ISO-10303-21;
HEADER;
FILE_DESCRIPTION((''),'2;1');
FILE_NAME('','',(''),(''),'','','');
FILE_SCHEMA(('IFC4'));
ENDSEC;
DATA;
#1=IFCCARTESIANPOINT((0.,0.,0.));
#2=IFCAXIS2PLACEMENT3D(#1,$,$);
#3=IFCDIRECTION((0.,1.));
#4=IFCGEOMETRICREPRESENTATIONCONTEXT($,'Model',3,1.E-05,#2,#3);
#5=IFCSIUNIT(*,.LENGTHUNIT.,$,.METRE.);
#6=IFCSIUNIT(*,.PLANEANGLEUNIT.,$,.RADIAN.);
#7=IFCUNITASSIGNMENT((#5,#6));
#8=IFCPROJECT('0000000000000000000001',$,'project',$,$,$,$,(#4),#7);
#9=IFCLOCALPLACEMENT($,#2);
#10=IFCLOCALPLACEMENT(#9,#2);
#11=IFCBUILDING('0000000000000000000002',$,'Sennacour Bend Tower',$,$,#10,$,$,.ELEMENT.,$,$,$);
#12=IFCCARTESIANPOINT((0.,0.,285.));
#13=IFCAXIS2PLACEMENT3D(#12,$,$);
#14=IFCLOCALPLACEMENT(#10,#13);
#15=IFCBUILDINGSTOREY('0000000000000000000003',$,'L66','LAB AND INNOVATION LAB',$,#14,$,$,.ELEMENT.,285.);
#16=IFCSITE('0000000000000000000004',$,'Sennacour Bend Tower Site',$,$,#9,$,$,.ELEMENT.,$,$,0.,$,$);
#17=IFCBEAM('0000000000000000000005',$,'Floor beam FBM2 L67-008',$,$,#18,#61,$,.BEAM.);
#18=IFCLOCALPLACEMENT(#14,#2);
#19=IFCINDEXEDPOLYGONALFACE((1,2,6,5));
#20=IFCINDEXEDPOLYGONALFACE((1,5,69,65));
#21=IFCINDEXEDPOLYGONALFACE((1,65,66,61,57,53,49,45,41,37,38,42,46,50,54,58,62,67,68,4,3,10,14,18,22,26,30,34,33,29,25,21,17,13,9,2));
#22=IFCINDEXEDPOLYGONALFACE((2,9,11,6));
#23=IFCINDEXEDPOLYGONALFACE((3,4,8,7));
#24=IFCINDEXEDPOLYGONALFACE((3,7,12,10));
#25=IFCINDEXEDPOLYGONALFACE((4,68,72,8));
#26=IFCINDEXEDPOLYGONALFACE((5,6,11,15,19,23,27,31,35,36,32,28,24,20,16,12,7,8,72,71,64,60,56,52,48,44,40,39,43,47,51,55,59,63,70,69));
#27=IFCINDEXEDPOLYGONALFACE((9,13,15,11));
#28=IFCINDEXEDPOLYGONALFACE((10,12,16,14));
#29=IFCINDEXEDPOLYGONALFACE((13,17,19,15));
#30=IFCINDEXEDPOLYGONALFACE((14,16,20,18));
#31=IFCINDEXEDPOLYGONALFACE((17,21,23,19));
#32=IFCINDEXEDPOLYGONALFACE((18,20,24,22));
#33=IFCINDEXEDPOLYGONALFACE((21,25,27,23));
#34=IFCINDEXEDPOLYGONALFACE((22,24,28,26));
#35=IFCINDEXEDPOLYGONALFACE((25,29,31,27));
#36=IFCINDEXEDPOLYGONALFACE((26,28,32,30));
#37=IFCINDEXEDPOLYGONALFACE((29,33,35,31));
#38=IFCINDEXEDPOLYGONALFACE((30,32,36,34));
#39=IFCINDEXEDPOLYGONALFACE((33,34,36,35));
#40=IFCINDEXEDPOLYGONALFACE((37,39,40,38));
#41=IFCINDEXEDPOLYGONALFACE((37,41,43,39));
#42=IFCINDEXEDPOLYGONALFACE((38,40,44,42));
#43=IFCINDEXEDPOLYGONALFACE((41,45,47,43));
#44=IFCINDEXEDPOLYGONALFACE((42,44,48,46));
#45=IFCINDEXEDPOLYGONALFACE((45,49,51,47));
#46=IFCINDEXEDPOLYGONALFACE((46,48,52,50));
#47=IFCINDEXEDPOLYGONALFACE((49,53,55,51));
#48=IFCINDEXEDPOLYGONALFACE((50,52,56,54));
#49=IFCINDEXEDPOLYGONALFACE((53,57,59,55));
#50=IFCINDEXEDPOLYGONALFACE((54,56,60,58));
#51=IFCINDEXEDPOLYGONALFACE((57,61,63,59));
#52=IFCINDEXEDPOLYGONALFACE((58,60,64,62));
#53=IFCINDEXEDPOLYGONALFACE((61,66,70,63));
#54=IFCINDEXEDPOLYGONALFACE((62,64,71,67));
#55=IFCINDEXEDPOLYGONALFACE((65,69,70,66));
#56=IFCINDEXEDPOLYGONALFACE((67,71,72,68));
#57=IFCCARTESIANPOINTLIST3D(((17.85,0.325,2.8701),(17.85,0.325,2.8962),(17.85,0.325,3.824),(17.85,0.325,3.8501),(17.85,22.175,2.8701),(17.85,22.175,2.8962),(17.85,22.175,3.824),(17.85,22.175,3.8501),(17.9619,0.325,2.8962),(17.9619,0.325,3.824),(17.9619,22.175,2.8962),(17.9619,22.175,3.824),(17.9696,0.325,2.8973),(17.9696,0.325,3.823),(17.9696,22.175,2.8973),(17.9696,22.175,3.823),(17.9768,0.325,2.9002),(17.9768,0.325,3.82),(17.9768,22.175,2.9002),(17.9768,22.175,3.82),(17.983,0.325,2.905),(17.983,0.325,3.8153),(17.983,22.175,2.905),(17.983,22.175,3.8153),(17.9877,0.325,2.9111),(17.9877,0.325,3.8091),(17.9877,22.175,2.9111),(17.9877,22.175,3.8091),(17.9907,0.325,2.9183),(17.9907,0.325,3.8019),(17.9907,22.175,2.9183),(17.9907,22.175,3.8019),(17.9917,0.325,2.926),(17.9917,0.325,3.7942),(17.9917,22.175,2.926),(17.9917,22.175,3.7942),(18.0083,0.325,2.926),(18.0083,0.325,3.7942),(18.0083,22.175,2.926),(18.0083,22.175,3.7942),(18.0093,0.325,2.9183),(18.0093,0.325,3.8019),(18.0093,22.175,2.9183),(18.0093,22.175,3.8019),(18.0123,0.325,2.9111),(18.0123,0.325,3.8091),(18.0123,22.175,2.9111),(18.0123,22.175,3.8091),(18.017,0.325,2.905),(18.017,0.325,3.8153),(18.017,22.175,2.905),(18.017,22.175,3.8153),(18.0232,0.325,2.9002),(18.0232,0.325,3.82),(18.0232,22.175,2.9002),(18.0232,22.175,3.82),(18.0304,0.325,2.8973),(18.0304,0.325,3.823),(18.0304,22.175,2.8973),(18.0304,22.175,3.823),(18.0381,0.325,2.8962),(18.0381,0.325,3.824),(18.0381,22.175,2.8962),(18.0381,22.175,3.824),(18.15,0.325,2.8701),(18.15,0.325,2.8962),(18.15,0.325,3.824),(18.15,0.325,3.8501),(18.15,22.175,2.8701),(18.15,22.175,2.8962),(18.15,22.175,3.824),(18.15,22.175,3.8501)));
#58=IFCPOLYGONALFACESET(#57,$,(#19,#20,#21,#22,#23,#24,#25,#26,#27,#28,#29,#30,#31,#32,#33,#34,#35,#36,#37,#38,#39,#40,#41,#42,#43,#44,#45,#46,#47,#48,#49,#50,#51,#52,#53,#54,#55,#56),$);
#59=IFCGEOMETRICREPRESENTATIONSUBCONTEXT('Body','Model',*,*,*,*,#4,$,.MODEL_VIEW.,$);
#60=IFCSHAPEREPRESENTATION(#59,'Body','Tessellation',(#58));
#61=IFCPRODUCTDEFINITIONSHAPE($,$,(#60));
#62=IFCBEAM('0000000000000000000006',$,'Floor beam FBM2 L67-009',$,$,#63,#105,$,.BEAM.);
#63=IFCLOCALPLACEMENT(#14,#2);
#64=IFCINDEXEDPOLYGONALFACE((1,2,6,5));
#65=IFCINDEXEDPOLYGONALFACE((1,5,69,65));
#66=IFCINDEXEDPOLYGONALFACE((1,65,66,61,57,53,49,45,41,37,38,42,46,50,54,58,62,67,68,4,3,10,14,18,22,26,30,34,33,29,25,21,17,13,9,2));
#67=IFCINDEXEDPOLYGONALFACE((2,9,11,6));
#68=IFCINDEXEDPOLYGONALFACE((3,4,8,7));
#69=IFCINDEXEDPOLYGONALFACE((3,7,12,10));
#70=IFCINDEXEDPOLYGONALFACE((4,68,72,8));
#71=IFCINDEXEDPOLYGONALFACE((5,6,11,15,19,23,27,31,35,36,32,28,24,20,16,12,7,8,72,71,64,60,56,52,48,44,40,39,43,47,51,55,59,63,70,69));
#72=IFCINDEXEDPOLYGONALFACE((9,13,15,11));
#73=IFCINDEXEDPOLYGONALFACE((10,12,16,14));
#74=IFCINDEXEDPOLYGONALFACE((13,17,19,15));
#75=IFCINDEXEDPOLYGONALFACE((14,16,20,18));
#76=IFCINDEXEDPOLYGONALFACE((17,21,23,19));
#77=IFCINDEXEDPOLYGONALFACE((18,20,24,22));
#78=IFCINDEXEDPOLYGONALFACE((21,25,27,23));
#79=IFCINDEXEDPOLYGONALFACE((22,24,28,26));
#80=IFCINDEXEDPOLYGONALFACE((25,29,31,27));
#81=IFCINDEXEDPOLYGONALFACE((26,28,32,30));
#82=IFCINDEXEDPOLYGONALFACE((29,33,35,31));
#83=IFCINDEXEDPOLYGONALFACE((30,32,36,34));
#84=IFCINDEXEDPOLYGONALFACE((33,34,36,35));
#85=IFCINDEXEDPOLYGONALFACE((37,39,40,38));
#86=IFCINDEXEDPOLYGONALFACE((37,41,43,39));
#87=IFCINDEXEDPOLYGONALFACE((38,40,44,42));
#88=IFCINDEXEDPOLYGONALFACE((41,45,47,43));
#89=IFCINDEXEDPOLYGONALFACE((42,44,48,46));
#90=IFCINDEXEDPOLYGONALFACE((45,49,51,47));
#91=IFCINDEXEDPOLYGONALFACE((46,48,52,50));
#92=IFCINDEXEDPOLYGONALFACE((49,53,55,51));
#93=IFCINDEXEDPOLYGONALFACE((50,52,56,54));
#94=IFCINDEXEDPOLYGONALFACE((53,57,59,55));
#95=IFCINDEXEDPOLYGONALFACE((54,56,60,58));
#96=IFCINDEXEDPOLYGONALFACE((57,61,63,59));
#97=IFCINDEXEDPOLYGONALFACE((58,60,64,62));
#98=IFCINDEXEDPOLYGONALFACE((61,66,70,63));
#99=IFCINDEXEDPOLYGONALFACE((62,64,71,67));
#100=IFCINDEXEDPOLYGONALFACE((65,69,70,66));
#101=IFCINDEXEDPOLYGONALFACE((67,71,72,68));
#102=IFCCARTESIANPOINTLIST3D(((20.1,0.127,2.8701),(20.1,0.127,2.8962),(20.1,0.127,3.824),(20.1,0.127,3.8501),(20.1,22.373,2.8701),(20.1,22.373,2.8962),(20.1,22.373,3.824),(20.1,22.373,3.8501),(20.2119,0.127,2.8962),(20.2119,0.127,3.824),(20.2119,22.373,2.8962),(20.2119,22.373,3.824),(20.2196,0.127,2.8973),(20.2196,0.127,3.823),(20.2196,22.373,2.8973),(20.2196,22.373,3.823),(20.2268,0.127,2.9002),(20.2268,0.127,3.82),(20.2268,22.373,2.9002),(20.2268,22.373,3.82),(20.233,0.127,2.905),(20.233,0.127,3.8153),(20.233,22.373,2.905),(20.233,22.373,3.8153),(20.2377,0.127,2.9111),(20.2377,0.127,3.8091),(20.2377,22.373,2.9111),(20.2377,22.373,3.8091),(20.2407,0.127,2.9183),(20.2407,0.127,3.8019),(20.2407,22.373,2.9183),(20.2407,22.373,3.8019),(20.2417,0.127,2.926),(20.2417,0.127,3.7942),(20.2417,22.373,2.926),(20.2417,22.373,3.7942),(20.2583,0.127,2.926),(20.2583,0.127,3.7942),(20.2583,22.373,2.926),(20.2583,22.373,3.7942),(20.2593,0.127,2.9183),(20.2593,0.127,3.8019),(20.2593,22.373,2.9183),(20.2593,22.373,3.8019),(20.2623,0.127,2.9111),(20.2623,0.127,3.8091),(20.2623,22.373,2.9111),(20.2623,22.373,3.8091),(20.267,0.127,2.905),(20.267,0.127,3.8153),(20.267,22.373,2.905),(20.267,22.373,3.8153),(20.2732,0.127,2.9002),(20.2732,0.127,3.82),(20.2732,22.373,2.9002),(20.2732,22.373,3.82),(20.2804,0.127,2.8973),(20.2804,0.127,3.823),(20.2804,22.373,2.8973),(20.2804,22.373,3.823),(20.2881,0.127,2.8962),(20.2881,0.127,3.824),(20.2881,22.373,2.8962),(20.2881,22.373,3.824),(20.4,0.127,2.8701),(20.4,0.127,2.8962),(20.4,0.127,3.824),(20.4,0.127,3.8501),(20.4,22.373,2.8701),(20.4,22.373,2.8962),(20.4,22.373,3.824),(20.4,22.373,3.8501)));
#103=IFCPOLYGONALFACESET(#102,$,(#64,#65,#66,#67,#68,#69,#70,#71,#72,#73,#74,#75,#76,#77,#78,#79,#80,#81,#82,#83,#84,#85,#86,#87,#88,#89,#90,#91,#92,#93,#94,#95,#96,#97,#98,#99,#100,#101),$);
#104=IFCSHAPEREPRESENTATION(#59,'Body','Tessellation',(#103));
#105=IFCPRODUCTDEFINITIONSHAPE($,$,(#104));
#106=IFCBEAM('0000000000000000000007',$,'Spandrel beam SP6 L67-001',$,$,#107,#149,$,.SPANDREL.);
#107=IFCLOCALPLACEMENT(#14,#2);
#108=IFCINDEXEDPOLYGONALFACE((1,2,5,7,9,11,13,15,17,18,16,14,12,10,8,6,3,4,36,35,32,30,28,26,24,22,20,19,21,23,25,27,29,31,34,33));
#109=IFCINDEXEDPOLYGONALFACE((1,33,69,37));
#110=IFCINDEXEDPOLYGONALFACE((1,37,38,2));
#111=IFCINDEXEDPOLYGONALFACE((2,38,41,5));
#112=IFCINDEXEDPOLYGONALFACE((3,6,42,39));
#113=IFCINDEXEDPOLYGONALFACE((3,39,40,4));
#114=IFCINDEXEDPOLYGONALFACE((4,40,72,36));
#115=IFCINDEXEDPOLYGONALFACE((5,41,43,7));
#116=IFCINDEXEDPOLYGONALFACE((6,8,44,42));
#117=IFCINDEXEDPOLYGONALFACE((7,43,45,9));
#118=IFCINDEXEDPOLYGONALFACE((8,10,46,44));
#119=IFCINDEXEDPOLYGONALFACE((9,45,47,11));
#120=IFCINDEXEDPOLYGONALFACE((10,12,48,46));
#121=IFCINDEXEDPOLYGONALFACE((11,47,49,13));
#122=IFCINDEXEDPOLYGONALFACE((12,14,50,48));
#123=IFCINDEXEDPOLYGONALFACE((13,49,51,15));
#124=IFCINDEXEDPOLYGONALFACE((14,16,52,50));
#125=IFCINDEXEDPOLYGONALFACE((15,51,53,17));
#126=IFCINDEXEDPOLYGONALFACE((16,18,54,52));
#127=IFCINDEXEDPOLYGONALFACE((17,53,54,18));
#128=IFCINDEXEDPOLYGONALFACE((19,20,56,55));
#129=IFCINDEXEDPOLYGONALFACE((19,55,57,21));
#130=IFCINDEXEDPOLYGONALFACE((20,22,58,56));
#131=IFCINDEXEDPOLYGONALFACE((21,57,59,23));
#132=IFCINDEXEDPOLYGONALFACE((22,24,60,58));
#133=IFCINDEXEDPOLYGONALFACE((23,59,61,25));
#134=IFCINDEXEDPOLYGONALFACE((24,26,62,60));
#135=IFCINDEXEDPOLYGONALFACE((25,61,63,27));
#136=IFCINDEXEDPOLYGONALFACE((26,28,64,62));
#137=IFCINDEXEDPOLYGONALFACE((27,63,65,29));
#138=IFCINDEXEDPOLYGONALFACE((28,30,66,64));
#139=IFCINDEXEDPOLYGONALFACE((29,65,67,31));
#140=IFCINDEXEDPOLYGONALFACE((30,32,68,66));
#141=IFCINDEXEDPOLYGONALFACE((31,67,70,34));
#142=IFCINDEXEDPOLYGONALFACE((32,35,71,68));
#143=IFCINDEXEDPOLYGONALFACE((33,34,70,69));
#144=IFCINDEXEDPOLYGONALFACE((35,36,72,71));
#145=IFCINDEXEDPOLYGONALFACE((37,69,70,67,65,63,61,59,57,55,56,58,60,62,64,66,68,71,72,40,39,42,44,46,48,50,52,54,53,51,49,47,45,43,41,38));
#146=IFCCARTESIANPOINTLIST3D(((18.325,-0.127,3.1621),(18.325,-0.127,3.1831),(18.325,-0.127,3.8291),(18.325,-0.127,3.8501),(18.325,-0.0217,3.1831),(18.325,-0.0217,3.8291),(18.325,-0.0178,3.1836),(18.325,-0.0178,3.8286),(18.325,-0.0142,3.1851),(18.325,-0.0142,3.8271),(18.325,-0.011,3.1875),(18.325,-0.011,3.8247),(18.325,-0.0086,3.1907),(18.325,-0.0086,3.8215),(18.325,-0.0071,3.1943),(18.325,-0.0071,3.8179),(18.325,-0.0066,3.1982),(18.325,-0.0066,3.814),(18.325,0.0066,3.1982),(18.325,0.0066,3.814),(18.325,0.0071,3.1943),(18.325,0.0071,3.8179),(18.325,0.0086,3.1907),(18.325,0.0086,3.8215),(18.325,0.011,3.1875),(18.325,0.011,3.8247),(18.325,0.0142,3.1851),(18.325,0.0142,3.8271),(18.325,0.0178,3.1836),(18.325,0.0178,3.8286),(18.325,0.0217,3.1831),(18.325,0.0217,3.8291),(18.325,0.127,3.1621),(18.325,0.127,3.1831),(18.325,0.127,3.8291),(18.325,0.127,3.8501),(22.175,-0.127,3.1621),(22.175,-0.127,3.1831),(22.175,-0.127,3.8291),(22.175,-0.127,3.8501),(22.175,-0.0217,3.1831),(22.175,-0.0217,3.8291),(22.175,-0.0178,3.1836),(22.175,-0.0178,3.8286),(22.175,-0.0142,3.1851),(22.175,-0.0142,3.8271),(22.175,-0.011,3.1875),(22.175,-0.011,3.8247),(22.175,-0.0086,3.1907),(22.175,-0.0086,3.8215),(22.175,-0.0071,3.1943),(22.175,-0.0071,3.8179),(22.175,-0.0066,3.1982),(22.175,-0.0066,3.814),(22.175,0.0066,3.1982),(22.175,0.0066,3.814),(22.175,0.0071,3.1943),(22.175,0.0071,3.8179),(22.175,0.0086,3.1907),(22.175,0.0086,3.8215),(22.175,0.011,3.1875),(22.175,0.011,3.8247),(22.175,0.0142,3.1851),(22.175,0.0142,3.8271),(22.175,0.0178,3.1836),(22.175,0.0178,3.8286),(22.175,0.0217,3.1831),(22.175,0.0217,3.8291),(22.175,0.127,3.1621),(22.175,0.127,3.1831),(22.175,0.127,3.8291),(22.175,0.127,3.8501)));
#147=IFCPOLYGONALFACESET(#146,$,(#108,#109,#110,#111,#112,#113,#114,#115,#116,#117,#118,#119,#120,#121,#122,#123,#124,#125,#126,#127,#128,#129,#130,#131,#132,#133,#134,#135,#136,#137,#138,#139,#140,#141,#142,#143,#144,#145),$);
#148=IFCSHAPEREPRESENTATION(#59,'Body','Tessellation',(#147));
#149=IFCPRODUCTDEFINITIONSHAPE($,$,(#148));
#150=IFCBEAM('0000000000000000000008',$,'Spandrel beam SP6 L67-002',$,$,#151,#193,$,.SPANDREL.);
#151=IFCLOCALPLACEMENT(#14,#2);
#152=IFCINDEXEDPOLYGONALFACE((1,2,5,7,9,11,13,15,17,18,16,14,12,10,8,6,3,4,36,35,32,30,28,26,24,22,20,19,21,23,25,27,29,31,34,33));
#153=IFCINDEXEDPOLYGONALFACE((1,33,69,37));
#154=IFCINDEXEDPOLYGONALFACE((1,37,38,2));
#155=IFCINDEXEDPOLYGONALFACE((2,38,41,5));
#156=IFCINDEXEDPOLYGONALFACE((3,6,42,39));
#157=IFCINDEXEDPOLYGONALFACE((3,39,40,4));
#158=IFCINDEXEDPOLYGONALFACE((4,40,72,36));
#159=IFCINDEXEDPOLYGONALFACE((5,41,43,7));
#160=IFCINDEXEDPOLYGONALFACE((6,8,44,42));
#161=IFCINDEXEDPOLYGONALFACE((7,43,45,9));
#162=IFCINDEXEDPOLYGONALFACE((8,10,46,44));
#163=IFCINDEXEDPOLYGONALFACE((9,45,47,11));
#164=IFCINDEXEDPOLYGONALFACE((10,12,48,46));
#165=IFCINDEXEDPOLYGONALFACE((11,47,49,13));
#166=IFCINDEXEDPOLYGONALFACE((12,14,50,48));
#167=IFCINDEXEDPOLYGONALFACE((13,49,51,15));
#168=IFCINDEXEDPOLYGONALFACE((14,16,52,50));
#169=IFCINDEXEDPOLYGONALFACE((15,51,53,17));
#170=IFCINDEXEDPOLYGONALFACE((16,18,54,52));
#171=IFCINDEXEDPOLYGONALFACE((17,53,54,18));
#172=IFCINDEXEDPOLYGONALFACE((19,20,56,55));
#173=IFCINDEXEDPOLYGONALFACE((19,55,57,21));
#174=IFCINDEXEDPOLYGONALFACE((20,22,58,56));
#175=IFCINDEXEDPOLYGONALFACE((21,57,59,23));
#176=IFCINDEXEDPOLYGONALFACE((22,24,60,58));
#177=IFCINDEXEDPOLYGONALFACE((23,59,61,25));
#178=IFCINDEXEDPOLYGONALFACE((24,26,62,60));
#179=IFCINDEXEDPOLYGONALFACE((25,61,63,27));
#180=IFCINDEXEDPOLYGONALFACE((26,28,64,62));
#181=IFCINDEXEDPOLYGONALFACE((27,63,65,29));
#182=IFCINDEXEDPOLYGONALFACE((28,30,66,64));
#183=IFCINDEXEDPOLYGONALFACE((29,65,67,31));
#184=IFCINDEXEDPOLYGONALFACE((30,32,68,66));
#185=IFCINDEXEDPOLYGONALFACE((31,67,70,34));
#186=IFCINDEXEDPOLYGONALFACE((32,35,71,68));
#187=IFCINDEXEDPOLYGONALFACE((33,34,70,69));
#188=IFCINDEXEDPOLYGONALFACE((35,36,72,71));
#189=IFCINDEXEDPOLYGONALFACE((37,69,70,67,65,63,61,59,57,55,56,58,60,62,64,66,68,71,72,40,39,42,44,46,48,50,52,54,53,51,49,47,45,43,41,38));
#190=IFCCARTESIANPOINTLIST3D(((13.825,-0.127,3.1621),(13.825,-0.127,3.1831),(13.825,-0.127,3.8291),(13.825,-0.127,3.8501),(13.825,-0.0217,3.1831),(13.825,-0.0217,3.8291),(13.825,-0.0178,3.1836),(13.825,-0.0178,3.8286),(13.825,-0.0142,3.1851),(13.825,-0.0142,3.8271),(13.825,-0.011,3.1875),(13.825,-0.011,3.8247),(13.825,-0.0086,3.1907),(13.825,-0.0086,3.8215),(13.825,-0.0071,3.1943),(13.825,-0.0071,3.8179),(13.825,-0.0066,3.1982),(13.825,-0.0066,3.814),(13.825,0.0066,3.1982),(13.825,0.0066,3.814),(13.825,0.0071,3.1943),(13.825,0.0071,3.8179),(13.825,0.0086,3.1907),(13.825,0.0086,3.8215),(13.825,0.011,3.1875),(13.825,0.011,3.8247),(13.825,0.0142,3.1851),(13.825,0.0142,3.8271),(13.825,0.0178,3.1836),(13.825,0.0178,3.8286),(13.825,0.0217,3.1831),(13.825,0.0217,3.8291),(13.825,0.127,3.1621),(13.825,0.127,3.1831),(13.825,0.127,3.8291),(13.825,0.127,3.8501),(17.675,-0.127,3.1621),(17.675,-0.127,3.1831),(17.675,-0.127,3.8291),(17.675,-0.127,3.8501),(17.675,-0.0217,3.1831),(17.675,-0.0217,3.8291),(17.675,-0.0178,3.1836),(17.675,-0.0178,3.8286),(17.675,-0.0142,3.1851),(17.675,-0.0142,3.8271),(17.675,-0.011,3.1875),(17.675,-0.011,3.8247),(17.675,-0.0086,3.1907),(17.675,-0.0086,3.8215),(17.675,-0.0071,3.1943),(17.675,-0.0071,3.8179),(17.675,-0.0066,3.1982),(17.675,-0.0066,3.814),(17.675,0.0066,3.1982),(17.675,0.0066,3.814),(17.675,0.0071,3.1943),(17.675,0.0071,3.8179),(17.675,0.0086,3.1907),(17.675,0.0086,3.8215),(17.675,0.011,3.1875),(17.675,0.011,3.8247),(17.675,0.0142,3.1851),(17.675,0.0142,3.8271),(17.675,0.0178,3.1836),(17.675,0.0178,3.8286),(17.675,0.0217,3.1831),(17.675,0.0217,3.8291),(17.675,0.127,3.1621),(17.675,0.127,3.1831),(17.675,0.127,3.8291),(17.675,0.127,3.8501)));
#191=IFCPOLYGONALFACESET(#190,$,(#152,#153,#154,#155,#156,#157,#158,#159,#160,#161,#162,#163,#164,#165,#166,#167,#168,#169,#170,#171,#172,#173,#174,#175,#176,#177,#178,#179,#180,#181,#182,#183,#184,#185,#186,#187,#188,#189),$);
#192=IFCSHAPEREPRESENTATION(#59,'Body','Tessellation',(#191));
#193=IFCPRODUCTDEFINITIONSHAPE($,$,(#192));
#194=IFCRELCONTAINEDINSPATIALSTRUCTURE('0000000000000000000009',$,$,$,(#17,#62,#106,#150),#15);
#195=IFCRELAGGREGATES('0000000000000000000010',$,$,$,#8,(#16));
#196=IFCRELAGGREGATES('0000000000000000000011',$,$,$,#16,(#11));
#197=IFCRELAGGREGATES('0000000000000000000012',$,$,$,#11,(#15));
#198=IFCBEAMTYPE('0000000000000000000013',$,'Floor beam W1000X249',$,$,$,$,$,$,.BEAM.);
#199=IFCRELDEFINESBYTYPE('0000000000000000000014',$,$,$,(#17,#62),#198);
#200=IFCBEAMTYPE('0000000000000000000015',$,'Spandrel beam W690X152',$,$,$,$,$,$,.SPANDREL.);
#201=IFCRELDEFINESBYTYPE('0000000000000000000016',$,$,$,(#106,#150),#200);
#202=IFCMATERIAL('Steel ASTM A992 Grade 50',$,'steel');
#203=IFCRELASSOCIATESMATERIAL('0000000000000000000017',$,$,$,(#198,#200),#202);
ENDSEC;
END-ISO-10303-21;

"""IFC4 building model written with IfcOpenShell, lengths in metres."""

from ifc_helpers import new_model, si_unit, direction, frame, origin, origin_2d, place, context, subcontext, project, spatial, i_section, extrude, material, material_profile, profile_set, type_object, element, save


model = new_model("IFC4")

# Units and contexts
model_context = context("Model", 3, precision=1e-05, world=origin(), true_north=direction((0.0, 1.0)))
body_context = subcontext(model_context, "Body", "Model", "MODEL_VIEW")
ifc_project = project(units=[si_unit("LENGTHUNIT", "METRE"), si_unit("PLANEANGLEUNIT", "RADIAN")], contexts=[model_context])

# Site, building, storey
site_placement = place(None, origin())
site = spatial("IfcSite", under=ifc_project, at=site_placement, Name="Sennacour Bend Tower Site", CompositionType="ELEMENT", RefElevation=0.0)
building_placement = place(site_placement, origin())
building = spatial("IfcBuilding", under=site, at=building_placement, Name="Sennacour Bend Tower", CompositionType="ELEMENT")
storey_placement = place(building_placement, frame((0.0, 0.0, 285.0)))
storey = spatial("IfcBuildingStorey", under=building, at=storey_placement, Name="L66", Description="LAB AND INNOVATION LAB", CompositionType="ELEMENT", Elevation=285.0)

# Beams
ifc_material_1 = material(Name="Steel ASTM A992 Grade 50", Category="steel")
ifc_material_profile_1 = material_profile(ifc_material_1, i_section(OverallWidth=0.3, OverallDepth=0.98, WebThickness=0.0166, FlangeThickness=0.0261, FilletRadius=0.0298, at=origin_2d()), Name="Steel ASTM A992 Grade 50", Category="steel")
ifc_profile_set_1 = profile_set([ifc_material_profile_1], Name="Steel ASTM A992 Grade 50")
beam_type_1 = type_object("IfcBeamType", Name="Floor beam W1000X249", PredefinedType="BEAM", material=ifc_profile_set_1)
beam_1_placement = place(storey_placement, frame((18.0, 0.325, 3.3601), z_axis=(0.0, 1.0, 0.0), x_axis=(-1.0, 0.0, 0.0)))
element("IfcBeam", 1, at=beam_1_placement, inside=storey, type_object=beam_type_1, Name="Floor beam FBM2 L67-008", PredefinedType="BEAM", context=body_context, shape_type="SweptSolid", body=[
    extrude(i_section(OverallWidth=0.3, OverallDepth=0.98, WebThickness=0.0166, FlangeThickness=0.0261, FilletRadius=0.0298, at=origin_2d()), origin(), (0.0, 0.0, 1.0), 21.8501),
])
beam_2_placement = place(storey_placement, frame((20.25, 0.127, 3.3601), z_axis=(0.0, 1.0, 0.0), x_axis=(-1.0, 0.0, 0.0)))
element("IfcBeam", 2, at=beam_2_placement, inside=storey, type_object=beam_type_1, Name="Floor beam FBM2 L67-009", PredefinedType="BEAM", context=body_context, shape_type="SweptSolid", body=[
    extrude(i_section(OverallWidth=0.3, OverallDepth=0.98, WebThickness=0.0166, FlangeThickness=0.0261, FilletRadius=0.0298, at=origin_2d()), origin(), (0.0, 0.0, 1.0), 22.2461),
])
ifc_material_profile_2 = material_profile(ifc_material_1, i_section(OverallWidth=0.2539, OverallDepth=0.688, WebThickness=0.0132, FlangeThickness=0.021, FilletRadius=0.0151, at=origin_2d()), Name="Steel ASTM A992 Grade 50", Category="steel")
ifc_profile_set_2 = profile_set([ifc_material_profile_2], Name="Steel ASTM A992 Grade 50")
beam_type_2 = type_object("IfcBeamType", Name="Spandrel beam W690X152", PredefinedType="SPANDREL", material=ifc_profile_set_2)
for number, where, z_axis, x_axis, name in (
    (3, (22.175, 0.0, 3.5061), (-1.0, 0.0, 0.0), (0.0, -1.0, 0.0), "Spandrel beam SP6 L67-001"),
    (4, (17.675, 0.0, 3.5061), (-1.0, 0.0, 0.0), (0.0, -1.0, 0.0), "Spandrel beam SP6 L67-002"),
):
    element("IfcBeam", number, at=place(storey_placement, frame(where, z_axis=z_axis, x_axis=x_axis)), inside=storey, type_object=beam_type_2, Name=name, PredefinedType="SPANDREL", context=body_context, shape_type="SweptSolid", body=[
        extrude(i_section(OverallWidth=0.2539, OverallDepth=0.688, WebThickness=0.0132, FlangeThickness=0.021, FilletRadius=0.0151, at=origin_2d()), origin(), (0.0, 0.0, 1.0), 3.8501),
    ])

save(model, "model.ifc")
